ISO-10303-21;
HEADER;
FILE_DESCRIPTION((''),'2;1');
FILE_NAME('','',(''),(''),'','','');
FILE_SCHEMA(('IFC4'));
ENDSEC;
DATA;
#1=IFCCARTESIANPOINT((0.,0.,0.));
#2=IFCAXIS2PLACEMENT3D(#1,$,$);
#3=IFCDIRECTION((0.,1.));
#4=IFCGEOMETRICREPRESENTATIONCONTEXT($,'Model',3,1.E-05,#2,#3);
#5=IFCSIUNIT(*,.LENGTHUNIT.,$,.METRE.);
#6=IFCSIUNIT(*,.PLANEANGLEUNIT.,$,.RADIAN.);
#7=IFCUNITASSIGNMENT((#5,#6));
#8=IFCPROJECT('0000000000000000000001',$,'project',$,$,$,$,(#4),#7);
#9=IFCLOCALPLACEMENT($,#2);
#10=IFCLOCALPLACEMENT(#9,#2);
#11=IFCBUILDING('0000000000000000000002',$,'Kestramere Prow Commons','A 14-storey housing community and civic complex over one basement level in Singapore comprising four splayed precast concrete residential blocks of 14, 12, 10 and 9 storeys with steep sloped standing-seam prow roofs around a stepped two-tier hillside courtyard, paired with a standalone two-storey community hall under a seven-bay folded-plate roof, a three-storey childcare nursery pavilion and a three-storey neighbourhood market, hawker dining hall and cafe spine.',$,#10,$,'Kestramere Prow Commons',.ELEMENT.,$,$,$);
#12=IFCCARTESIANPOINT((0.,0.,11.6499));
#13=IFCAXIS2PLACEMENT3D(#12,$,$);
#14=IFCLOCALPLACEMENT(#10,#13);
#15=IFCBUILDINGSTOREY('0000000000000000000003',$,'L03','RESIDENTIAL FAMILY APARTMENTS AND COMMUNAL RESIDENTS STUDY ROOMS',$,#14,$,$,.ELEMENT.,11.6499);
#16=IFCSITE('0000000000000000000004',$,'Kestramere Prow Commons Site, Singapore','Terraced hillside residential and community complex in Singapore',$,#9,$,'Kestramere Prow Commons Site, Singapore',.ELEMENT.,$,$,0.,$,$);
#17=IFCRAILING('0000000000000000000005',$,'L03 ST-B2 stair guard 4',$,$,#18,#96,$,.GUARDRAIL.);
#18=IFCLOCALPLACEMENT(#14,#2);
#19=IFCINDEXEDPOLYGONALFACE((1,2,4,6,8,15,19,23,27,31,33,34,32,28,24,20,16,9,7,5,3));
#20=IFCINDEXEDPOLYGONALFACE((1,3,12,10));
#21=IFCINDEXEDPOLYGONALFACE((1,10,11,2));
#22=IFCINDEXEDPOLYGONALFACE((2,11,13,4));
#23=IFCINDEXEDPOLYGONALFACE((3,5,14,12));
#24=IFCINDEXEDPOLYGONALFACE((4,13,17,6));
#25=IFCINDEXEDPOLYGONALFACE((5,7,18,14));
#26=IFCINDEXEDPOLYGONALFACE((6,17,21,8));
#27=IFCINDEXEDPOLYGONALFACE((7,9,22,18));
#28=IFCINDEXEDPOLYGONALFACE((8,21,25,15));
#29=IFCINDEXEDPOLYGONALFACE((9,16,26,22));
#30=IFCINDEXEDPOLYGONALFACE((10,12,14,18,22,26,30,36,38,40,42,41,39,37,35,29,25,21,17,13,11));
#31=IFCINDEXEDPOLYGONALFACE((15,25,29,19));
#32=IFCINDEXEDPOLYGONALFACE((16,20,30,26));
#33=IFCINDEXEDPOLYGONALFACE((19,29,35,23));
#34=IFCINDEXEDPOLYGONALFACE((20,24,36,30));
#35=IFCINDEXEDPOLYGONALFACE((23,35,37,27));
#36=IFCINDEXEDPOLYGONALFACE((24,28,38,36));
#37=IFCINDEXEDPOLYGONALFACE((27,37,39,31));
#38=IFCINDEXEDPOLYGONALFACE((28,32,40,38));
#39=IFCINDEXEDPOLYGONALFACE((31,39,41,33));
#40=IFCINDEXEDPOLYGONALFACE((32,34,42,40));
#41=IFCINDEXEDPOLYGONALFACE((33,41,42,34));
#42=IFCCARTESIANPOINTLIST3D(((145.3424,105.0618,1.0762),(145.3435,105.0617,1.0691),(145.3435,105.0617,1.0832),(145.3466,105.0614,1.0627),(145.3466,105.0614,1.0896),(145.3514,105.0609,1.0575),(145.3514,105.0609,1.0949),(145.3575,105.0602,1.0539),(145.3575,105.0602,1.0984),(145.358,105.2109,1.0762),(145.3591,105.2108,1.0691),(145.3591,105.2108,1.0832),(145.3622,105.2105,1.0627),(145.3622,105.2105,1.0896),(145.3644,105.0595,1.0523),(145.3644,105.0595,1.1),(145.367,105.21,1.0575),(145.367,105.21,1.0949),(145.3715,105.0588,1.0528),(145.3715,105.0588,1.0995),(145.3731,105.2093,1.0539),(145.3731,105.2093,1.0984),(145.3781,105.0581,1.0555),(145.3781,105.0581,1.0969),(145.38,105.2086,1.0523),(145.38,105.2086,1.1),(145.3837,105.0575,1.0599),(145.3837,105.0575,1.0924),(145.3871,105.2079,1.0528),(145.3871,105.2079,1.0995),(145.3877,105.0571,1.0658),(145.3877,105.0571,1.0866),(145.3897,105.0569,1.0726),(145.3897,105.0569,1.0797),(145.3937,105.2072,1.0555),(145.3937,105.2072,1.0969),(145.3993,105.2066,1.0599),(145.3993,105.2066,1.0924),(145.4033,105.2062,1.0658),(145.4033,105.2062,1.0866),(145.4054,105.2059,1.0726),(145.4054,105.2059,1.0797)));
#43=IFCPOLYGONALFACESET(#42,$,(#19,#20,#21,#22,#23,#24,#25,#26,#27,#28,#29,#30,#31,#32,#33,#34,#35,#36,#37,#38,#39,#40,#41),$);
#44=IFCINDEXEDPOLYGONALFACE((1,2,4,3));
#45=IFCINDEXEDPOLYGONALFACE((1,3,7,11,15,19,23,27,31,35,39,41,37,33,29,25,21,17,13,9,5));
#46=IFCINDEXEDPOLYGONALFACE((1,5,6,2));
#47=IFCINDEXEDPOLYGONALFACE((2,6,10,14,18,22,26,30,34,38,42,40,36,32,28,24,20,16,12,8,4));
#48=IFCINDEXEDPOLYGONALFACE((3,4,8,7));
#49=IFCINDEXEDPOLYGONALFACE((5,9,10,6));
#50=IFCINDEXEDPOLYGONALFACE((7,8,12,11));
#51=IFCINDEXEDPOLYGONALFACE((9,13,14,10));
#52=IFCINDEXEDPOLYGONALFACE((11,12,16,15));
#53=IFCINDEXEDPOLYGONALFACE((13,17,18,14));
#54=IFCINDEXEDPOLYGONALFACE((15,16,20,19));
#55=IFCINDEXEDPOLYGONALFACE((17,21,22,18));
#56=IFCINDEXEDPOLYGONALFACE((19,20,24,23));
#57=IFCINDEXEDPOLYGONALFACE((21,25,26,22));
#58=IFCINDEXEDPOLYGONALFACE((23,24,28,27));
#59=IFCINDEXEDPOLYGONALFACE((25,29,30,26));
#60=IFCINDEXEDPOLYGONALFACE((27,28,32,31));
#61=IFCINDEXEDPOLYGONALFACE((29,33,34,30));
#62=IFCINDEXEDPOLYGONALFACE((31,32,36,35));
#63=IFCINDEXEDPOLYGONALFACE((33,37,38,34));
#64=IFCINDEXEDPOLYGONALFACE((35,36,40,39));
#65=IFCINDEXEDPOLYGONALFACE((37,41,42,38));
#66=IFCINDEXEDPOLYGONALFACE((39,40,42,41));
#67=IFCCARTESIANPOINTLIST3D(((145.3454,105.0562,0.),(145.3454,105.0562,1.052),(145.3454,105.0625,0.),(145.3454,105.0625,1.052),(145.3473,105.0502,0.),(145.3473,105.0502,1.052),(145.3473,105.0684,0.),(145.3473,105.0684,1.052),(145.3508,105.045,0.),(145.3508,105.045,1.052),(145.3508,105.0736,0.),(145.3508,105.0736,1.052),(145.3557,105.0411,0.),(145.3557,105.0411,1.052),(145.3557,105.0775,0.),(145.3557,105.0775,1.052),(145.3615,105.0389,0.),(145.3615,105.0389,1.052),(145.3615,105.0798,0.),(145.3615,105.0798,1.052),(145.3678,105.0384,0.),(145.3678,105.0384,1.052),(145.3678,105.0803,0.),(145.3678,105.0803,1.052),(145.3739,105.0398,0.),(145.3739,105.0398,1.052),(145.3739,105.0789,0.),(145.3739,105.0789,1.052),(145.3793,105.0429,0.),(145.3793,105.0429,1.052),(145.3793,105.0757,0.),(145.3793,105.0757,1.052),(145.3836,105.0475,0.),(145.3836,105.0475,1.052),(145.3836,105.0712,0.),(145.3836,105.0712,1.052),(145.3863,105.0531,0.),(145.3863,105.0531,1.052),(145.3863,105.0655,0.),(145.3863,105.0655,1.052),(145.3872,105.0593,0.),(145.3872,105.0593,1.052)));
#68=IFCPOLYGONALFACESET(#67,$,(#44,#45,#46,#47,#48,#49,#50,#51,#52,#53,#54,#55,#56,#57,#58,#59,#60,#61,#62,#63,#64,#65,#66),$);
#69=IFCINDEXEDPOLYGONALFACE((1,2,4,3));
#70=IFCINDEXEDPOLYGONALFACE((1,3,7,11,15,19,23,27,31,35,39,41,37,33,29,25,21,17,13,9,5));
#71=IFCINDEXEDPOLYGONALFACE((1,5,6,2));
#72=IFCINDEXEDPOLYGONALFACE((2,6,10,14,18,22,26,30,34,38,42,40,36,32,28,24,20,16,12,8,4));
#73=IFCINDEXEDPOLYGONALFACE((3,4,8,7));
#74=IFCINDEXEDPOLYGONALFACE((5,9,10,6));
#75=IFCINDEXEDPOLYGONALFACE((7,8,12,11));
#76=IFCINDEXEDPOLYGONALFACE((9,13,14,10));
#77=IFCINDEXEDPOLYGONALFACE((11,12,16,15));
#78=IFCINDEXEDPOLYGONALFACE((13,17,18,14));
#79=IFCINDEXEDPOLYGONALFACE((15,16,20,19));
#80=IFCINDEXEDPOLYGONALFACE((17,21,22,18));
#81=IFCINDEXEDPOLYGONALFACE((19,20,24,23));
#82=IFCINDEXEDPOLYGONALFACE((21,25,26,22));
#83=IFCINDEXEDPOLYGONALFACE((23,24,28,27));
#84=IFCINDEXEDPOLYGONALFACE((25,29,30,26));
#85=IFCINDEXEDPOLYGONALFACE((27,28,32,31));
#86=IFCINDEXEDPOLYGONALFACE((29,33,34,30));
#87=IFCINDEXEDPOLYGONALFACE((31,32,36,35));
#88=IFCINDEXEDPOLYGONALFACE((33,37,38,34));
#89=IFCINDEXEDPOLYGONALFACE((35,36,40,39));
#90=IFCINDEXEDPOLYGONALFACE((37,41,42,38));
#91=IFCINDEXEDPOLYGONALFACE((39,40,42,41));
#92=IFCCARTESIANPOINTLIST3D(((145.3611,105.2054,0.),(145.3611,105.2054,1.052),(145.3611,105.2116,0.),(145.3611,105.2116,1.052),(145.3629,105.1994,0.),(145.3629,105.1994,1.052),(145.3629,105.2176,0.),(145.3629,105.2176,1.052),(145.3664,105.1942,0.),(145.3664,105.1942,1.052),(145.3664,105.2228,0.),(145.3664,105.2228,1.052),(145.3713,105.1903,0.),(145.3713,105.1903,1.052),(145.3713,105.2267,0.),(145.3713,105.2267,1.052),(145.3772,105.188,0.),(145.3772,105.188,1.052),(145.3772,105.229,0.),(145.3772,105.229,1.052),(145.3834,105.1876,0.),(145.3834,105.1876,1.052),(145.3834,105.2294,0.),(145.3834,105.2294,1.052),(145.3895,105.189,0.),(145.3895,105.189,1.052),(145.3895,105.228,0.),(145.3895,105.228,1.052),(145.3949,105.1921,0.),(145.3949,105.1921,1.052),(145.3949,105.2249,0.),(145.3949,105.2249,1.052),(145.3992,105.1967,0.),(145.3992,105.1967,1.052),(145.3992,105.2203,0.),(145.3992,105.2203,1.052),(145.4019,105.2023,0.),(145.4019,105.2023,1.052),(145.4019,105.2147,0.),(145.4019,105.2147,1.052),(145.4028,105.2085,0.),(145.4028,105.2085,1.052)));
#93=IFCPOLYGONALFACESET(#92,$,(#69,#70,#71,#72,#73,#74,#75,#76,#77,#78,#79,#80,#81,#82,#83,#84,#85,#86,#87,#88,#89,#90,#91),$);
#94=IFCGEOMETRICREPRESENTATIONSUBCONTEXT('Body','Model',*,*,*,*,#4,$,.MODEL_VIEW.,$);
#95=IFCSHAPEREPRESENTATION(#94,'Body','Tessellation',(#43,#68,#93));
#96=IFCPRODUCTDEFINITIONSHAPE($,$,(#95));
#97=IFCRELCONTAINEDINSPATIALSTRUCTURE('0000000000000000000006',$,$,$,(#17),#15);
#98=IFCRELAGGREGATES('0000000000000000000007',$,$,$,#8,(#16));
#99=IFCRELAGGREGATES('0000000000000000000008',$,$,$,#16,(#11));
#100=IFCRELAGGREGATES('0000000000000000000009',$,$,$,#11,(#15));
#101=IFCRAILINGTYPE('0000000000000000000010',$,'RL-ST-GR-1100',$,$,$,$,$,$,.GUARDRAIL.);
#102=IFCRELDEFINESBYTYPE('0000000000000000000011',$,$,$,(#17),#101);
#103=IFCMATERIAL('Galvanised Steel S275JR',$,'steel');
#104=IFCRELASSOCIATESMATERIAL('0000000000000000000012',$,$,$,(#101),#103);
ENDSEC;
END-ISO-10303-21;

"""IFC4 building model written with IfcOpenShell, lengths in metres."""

from ifc_helpers import new_model, si_unit, direction, frame, origin, origin_2d, place, context, subcontext, project, spatial, circle, extrude, material, type_object, element, save


model = new_model("IFC4")

# Units and contexts
model_context = context("Model", 3, precision=1e-05, world=origin(), true_north=direction((0.0, 1.0)))
body_context = subcontext(model_context, "Body", "Model", "MODEL_VIEW")
ifc_project = project(units=[si_unit("LENGTHUNIT", "METRE"), si_unit("PLANEANGLEUNIT", "RADIAN")], contexts=[model_context])

# Site, building, storey
site_placement = place(None, origin())
site = spatial("IfcSite", under=ifc_project, at=site_placement, Name="Kestramere Prow Commons Site, Singapore", Description="Terraced hillside residential and community complex in Singapore", LongName="Kestramere Prow Commons Site, Singapore", CompositionType="ELEMENT", RefElevation=0.0)
building_placement = place(site_placement, origin())
building = spatial("IfcBuilding", under=site, at=building_placement, Name="Kestramere Prow Commons", Description="A 14-storey housing community and civic complex over one basement level in Singapore comprising four splayed precast concrete residential blocks of 14, 12, 10 and 9 storeys with steep sloped standing-seam prow roofs around a stepped two-tier hillside courtyard, paired with a standalone two-storey community hall under a seven-bay folded-plate roof, a three-storey childcare nursery pavilion and a three-storey neighbourhood market, hawker dining hall and cafe spine.", LongName="Kestramere Prow Commons", CompositionType="ELEMENT")
storey_placement = place(building_placement, frame((0.0, 0.0, 11.6499)))
storey = spatial("IfcBuildingStorey", under=building, at=storey_placement, Name="L03", Description="RESIDENTIAL FAMILY APARTMENTS AND COMMUNAL RESIDENTS STUDY ROOMS", CompositionType="ELEMENT", Elevation=11.6499)

# Railing
ifc_material_1 = material(Name="Galvanised Steel S275JR", Category="steel")
railing_type_1 = type_object("IfcRailingType", Name="RL-ST-GR-1100", PredefinedType="GUARDRAIL", material=ifc_material_1)
railing_1_placement = place(storey_placement, frame((145.3662, 105.0593, 0.0)))
element("IfcRailing", 1, at=railing_1_placement, inside=storey, type_object=railing_type_1, Name="L03 ST-B2 stair guard 4", PredefinedType="GUARDRAIL", context=body_context, shape_type="SweptSolid", body=[
    extrude(circle(Radius=0.0239, at=origin_2d()), frame((0.0, 0.0, 1.0762), z_axis=(0.104176, 0.994559, 0.0), x_axis=(-0.994559, 0.104176, 0.0)), (0.0, 0.0, 1.0), 0.1499),
    extrude(circle(Radius=0.021, at=origin_2d()), origin(), (0.0, 0.0, 1.0), 1.052),
    extrude(circle(Radius=0.021, at=origin_2d()), frame((0.0156, 0.1492, 0.0)), (0.0, 0.0, 1.0), 1.052),
])

save(model, "model.ifc")
